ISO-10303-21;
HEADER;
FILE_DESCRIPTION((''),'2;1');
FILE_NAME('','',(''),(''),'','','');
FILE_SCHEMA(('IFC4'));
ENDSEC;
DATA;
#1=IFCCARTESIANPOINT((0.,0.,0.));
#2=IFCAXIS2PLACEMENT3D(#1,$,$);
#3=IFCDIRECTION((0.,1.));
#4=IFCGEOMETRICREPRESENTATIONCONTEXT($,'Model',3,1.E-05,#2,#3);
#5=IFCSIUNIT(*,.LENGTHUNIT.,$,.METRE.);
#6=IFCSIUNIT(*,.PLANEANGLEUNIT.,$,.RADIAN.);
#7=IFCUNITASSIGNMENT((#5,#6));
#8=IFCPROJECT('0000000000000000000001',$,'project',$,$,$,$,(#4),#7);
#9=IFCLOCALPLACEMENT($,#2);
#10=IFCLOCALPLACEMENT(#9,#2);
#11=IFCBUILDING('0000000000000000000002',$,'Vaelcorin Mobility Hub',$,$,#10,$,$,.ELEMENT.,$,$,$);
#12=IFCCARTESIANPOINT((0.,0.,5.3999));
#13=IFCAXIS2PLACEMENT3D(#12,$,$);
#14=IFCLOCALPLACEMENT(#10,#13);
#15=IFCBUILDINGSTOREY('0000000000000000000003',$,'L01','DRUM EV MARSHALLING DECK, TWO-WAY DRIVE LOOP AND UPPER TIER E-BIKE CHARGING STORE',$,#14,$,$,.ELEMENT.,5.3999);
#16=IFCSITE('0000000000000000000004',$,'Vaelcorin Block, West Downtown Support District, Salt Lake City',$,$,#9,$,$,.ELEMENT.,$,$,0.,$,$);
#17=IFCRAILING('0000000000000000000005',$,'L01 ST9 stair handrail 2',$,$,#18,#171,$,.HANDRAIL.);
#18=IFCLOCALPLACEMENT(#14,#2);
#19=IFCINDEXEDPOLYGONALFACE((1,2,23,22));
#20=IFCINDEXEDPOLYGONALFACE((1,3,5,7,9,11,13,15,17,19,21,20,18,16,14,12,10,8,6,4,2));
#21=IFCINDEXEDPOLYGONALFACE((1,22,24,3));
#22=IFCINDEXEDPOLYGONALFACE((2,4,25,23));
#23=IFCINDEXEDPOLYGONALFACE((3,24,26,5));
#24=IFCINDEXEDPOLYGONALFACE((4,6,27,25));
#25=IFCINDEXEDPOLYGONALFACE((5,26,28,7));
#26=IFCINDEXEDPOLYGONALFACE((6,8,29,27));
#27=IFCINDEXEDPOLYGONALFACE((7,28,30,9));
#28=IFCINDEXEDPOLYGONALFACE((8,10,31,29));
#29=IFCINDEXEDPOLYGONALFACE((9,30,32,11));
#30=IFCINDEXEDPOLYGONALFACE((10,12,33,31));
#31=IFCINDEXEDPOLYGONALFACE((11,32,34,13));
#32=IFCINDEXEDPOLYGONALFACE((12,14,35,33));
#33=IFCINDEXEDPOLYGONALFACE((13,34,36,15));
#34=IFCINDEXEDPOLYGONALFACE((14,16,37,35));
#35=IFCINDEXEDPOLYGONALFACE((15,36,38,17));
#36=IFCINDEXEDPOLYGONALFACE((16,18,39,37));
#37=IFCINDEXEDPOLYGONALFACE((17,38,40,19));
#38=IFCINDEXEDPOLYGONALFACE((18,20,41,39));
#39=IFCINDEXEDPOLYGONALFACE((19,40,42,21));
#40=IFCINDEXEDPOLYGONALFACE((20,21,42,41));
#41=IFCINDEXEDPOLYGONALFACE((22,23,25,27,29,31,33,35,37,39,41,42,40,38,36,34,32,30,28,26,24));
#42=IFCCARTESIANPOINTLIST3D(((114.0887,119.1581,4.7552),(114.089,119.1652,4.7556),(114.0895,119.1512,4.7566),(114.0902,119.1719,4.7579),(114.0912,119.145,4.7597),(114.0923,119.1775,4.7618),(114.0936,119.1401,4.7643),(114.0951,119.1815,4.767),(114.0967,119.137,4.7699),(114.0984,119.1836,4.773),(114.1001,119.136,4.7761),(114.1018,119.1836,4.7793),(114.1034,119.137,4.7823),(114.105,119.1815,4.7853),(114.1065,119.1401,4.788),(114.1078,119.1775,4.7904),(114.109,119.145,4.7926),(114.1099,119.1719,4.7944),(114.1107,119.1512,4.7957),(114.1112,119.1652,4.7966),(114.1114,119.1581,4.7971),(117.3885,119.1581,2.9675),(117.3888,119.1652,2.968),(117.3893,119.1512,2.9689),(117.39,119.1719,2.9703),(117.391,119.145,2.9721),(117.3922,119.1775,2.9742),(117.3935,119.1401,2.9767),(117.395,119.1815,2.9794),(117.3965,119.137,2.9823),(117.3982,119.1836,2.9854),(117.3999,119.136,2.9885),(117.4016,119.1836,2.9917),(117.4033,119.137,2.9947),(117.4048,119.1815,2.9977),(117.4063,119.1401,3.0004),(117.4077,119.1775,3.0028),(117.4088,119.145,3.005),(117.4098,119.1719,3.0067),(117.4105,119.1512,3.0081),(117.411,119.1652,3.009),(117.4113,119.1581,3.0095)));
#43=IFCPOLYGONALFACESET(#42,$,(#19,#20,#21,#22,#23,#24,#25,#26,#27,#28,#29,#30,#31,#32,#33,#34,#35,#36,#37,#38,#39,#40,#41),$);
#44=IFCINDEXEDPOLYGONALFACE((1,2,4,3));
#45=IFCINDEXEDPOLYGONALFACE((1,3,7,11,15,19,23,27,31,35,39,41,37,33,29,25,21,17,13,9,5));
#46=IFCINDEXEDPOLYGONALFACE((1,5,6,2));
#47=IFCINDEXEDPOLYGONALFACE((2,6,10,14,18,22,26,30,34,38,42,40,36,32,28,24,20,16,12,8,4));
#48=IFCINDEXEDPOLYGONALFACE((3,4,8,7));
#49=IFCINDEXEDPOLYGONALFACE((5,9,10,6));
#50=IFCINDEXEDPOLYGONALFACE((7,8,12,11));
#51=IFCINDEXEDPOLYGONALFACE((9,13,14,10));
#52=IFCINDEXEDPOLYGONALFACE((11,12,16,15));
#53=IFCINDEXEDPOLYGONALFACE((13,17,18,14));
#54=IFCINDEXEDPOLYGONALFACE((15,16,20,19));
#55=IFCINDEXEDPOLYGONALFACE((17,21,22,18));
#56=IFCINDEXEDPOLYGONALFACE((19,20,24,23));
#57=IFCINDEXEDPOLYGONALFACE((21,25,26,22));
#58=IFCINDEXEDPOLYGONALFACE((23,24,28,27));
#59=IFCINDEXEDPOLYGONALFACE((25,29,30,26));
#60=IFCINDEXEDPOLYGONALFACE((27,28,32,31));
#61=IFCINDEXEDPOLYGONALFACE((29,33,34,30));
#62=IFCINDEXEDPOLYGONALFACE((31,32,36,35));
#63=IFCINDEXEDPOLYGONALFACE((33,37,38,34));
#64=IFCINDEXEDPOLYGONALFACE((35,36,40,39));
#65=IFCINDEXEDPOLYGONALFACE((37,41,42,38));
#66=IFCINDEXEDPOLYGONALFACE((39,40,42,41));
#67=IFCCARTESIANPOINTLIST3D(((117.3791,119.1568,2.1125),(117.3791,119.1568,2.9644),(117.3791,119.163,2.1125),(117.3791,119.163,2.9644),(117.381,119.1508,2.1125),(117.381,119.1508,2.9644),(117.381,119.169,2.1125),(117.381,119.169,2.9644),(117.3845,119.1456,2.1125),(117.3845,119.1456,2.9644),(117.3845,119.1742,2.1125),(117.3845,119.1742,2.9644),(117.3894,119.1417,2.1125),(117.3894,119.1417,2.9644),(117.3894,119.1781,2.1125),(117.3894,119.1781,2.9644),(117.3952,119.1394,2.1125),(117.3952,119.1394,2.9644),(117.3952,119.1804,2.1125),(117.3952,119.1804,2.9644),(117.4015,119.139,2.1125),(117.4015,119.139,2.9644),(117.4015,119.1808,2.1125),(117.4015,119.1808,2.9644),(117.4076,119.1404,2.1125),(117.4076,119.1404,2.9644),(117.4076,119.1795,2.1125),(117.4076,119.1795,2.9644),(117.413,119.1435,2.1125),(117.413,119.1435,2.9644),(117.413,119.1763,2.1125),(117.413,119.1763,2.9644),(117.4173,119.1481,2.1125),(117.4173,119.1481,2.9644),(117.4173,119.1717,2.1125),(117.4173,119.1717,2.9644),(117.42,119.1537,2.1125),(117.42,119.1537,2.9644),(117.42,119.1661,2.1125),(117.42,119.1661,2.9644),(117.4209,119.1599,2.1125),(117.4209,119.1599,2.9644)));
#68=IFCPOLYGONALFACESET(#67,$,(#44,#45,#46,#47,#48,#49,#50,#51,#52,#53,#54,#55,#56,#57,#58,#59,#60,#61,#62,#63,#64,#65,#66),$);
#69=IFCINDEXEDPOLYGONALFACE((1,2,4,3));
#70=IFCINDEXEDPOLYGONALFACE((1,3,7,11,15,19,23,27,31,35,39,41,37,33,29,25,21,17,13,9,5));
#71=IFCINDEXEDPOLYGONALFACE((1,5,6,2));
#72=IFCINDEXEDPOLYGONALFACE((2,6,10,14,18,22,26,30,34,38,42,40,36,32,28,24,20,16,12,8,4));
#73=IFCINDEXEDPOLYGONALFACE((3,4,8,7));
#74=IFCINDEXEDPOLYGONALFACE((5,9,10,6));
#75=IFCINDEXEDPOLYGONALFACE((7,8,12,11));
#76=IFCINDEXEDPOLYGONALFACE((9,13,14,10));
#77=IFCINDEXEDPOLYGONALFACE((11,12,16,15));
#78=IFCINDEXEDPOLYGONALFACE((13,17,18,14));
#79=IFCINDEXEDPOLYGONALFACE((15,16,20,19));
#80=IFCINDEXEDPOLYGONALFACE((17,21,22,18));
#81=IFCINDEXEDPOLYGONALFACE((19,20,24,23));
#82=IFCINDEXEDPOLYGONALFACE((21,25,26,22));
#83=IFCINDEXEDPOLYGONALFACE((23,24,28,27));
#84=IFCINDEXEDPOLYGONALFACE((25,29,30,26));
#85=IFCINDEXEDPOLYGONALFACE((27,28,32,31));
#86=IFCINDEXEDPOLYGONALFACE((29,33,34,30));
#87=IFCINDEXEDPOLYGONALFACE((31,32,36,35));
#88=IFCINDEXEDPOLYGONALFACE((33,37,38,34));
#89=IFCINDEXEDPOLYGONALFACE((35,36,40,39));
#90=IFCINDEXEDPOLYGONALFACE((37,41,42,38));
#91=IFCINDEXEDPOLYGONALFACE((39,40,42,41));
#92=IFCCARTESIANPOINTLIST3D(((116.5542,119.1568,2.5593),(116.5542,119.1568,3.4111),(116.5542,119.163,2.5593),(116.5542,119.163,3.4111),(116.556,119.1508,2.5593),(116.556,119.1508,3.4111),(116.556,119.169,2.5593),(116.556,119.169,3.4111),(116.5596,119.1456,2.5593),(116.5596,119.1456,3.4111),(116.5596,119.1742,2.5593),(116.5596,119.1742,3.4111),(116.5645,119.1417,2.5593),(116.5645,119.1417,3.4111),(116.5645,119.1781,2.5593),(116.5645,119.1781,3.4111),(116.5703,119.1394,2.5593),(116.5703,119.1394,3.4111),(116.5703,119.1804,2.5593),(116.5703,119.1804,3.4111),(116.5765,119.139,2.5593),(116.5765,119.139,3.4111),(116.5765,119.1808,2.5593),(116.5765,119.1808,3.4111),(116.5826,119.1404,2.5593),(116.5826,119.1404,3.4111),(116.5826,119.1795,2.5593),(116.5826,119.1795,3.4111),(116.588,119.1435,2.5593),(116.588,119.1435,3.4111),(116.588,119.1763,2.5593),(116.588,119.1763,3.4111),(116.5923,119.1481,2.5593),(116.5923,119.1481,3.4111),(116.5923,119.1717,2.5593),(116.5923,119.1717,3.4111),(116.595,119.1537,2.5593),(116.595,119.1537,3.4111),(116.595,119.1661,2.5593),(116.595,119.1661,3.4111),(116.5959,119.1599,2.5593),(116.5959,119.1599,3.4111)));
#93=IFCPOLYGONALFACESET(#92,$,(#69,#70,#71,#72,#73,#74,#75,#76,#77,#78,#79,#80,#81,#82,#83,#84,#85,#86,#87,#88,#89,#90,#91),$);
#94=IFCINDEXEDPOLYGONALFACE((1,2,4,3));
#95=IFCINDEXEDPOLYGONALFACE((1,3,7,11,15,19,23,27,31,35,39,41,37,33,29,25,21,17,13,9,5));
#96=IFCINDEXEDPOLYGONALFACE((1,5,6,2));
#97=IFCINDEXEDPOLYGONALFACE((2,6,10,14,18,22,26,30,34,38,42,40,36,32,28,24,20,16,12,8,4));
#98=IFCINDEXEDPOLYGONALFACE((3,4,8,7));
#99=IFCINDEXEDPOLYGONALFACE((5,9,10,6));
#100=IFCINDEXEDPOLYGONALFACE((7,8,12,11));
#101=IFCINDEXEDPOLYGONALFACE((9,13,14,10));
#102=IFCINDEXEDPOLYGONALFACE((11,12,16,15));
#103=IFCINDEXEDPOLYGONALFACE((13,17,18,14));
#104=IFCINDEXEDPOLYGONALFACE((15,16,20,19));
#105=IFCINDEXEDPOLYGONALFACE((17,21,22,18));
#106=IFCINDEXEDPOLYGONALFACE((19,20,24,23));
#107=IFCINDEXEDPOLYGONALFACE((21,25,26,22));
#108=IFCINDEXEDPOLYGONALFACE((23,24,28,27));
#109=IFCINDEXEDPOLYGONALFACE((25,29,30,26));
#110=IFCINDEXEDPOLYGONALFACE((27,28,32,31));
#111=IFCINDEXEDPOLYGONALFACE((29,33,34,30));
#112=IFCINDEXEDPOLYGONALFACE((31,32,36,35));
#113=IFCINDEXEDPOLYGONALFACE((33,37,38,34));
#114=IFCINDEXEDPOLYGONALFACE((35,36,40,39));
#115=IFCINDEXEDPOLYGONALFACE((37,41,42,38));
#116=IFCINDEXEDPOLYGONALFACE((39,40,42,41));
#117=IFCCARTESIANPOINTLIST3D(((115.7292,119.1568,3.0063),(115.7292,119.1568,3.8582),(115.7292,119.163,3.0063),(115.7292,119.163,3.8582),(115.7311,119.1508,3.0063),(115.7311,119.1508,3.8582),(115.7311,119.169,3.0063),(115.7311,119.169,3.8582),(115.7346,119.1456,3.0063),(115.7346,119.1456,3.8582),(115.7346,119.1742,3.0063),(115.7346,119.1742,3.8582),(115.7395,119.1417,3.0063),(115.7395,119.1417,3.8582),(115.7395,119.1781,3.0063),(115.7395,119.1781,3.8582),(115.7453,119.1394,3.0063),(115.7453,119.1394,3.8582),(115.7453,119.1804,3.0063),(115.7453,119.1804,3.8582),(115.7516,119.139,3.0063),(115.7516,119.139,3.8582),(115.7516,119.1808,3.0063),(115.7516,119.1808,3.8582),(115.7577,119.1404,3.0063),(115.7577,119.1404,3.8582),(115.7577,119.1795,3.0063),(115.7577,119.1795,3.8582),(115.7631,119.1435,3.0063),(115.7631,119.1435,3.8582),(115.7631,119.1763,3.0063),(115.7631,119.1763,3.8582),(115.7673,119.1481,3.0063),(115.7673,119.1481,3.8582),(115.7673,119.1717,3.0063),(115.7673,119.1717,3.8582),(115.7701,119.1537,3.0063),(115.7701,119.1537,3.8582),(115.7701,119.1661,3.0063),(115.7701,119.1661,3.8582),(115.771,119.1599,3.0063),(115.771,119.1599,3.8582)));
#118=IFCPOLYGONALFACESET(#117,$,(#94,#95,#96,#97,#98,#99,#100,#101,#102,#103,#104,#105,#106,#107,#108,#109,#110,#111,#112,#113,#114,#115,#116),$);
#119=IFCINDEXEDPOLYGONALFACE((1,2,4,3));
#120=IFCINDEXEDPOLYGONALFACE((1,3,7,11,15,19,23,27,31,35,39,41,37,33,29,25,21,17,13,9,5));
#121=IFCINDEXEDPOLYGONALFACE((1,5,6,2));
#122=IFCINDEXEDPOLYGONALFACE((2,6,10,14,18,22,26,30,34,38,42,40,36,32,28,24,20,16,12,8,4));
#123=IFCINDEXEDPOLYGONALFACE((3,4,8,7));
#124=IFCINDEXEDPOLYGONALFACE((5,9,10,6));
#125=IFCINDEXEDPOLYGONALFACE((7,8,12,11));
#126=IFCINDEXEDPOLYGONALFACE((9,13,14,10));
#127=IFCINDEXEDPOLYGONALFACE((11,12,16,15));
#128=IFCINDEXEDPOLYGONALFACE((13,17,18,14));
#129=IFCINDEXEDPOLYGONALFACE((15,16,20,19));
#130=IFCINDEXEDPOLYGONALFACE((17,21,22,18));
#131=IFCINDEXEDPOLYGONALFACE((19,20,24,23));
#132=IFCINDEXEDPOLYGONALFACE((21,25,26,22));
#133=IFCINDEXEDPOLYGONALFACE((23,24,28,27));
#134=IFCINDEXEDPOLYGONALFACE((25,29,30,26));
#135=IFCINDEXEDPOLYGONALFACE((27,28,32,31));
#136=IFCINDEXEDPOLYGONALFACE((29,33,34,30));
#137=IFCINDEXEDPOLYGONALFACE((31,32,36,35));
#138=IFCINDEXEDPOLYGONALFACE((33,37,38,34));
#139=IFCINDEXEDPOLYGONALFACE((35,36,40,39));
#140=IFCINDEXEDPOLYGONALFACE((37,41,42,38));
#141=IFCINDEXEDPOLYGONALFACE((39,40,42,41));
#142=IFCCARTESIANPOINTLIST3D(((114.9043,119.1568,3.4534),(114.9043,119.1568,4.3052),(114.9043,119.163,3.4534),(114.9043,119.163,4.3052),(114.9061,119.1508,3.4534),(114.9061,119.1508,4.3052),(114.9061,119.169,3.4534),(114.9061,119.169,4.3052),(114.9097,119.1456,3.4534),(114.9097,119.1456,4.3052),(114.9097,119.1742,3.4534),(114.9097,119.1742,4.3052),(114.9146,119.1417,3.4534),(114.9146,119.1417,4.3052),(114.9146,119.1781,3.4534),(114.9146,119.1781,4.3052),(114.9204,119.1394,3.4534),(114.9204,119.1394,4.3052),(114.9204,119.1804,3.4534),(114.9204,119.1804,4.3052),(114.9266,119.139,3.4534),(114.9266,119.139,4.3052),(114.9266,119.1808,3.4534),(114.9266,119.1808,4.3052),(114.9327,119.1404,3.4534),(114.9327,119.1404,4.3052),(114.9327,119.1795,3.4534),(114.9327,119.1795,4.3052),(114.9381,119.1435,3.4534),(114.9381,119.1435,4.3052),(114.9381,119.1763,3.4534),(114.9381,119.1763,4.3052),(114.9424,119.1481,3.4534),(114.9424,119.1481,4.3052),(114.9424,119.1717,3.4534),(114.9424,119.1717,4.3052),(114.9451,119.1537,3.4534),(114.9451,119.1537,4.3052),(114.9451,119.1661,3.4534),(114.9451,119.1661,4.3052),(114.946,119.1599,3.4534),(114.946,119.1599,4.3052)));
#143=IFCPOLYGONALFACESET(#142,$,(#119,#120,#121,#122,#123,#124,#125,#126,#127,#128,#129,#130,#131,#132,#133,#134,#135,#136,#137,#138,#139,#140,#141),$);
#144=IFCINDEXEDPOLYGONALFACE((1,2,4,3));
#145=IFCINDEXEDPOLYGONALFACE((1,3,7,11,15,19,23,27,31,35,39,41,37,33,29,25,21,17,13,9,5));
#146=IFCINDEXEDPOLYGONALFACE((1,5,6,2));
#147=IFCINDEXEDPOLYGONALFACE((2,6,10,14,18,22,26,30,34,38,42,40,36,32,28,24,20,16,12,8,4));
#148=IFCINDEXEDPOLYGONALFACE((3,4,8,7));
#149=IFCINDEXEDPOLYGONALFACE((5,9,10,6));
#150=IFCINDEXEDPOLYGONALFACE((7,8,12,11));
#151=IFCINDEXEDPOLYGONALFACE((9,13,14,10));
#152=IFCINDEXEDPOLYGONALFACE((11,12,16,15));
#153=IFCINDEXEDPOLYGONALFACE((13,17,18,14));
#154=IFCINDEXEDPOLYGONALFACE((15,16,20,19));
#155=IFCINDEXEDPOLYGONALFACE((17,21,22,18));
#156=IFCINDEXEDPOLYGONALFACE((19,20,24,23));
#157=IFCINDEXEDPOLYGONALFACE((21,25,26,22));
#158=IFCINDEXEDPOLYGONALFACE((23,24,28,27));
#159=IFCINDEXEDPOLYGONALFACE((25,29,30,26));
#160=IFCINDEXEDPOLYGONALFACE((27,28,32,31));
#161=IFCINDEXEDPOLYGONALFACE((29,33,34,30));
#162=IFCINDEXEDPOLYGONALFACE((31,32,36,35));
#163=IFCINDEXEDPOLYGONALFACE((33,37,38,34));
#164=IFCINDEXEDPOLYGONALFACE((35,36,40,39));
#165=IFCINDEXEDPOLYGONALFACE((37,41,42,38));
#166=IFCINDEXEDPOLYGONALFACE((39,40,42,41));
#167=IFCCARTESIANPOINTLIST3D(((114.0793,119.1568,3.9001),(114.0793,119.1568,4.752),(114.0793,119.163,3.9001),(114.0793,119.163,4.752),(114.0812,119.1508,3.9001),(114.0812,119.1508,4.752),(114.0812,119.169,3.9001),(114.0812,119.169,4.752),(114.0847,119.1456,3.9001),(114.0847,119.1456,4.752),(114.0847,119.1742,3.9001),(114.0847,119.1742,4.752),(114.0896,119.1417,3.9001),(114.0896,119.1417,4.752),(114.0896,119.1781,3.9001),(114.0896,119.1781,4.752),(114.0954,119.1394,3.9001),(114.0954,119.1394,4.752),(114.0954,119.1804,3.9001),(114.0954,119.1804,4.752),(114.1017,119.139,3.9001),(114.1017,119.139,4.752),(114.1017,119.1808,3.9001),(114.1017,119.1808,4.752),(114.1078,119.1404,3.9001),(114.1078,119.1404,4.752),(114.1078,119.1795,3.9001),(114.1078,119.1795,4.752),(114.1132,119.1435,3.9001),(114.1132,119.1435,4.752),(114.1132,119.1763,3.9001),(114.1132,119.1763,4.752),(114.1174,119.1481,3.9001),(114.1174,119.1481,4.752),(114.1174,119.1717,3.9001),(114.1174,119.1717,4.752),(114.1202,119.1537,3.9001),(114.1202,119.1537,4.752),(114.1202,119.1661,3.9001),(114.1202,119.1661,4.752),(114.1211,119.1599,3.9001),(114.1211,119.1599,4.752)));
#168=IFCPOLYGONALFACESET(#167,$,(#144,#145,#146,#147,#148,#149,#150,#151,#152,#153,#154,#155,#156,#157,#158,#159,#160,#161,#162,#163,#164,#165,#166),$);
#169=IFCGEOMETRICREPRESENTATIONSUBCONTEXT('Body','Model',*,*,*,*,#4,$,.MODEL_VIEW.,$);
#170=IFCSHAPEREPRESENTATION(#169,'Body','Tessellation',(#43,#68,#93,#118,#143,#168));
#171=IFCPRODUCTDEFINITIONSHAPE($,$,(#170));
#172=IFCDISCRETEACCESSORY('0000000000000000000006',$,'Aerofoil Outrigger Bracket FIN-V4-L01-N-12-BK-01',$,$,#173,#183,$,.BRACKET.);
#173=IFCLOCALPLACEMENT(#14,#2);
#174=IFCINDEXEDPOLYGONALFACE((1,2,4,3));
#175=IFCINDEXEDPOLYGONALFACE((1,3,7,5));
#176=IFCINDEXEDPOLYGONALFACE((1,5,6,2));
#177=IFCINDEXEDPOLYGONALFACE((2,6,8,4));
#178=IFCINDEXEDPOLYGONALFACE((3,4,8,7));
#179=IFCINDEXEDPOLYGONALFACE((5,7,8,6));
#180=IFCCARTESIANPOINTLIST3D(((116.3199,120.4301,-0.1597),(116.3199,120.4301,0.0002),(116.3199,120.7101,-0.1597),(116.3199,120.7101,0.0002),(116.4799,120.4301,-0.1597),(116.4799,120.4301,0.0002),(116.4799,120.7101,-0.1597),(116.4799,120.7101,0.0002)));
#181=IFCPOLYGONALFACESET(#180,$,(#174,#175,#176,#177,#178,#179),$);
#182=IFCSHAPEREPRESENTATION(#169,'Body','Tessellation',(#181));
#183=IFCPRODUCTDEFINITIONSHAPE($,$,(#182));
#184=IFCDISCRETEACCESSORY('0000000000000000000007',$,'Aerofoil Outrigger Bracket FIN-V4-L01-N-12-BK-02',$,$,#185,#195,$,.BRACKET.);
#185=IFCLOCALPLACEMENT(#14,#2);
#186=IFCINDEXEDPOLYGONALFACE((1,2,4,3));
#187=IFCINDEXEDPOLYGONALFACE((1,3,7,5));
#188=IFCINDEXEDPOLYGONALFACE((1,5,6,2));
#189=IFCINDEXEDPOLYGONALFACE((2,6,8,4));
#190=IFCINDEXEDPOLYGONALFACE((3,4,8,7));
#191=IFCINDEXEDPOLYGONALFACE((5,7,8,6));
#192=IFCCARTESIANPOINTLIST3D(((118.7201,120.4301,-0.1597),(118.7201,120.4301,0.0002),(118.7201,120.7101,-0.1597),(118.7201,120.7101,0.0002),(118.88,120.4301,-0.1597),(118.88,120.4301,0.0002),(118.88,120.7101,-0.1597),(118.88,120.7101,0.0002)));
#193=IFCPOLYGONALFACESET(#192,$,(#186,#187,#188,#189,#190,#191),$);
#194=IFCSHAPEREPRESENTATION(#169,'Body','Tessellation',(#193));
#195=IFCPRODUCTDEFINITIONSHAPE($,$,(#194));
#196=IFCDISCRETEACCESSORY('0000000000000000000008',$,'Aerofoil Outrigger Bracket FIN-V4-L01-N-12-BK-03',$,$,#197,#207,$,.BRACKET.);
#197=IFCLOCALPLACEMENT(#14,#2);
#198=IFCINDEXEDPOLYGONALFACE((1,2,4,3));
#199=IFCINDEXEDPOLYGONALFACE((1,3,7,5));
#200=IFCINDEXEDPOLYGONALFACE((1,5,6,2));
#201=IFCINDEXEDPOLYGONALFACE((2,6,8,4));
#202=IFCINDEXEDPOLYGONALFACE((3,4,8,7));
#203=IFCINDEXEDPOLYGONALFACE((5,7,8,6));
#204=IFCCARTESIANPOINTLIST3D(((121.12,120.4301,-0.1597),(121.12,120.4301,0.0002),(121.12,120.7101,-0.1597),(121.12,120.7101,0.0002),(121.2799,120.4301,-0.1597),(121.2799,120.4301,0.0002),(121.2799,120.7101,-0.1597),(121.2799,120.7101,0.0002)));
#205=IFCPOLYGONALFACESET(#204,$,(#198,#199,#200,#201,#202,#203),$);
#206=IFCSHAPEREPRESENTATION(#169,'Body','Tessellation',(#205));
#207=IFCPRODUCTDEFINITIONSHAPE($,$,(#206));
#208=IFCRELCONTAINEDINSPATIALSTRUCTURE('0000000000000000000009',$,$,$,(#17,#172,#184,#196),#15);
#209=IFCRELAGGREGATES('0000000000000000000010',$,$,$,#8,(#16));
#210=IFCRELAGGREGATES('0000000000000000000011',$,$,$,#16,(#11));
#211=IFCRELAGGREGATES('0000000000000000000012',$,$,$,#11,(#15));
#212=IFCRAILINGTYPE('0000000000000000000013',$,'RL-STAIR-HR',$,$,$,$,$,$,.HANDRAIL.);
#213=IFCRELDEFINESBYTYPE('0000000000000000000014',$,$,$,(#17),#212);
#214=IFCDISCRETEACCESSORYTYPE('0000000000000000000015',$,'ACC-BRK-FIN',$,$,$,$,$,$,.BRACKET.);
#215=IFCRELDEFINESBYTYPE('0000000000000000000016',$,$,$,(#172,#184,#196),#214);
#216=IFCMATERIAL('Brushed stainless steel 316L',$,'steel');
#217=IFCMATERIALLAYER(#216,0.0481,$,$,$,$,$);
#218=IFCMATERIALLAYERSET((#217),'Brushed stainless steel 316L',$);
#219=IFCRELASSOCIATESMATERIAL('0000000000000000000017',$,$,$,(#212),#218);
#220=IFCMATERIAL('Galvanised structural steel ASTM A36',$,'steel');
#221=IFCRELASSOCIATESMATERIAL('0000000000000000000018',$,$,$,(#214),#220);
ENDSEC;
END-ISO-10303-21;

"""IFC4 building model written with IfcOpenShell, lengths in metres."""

from ifc_helpers import new_model, si_unit, direction, frame, origin, origin_2d, place, context, subcontext, project, spatial, rectangle, circle, extrude, material, layer, layer_set, type_object, element, save


model = new_model("IFC4")

# Units and contexts
model_context = context("Model", 3, precision=1e-05, world=origin(), true_north=direction((0.0, 1.0)))
body_context = subcontext(model_context, "Body", "Model", "MODEL_VIEW")
ifc_project = project(units=[si_unit("LENGTHUNIT", "METRE"), si_unit("PLANEANGLEUNIT", "RADIAN")], contexts=[model_context])

# Site, building, storey
site_placement = place(None, origin())
site = spatial("IfcSite", under=ifc_project, at=site_placement, Name="Vaelcorin Block, West Downtown Support District, Salt Lake City", CompositionType="ELEMENT", RefElevation=0.0)
building_placement = place(site_placement, origin())
building = spatial("IfcBuilding", under=site, at=building_placement, Name="Vaelcorin Mobility Hub", CompositionType="ELEMENT")
storey_placement = place(building_placement, frame((0.0, 0.0, 5.3999)))
storey = spatial("IfcBuildingStorey", under=building, at=storey_placement, Name="L01", Description="DRUM EV MARSHALLING DECK, TWO-WAY DRIVE LOOP AND UPPER TIER E-BIKE CHARGING STORE", CompositionType="ELEMENT", Elevation=5.3999)

# Railing
ifc_material_1 = material(Name="Galvanised structural steel ASTM A36", Category="steel")
ifc_material_2 = material(Name="Brushed stainless steel 316L", Category="steel")
ifc_layer_1 = layer(ifc_material_2, 0.0481)
ifc_layer_set_1 = layer_set([ifc_layer_1], Name="Brushed stainless steel 316L")
railing_type_1 = type_object("IfcRailingType", Name="RL-STAIR-HR", PredefinedType="HANDRAIL", material=ifc_layer_set_1)
railing_1_placement = place(storey_placement, frame((117.3999, 119.1599, 2.1125)))
element("IfcRailing", 1, at=railing_1_placement, inside=storey, type_object=railing_type_1, Name="L01 ST9 stair handrail 2", PredefinedType="HANDRAIL", context=body_context, shape_type="SweptSolid", body=[
    extrude(circle(Radius=0.0239, at=origin_2d()), frame((0.0, 0.0, 0.876), z_axis=(-0.879269, 0.0, 0.476325), x_axis=(0.0, -1.0, 0.0)), (0.0, 0.0, 1.0), 3.7529),
    extrude(circle(Radius=0.021, at=origin_2d()), origin(), (0.0, 0.0, 1.0), 0.8518),
    extrude(circle(Radius=0.021, at=origin_2d()), frame((-0.825, 0.0, 0.4468)), (0.0, 0.0, 1.0), 0.8518),
    extrude(circle(Radius=0.021, at=origin_2d()), frame((-1.6499, 0.0, 0.8938)), (0.0, 0.0, 1.0), 0.8518),
    extrude(circle(Radius=0.021, at=origin_2d()), frame((-2.4749, 0.0, 1.3408)), (0.0, 0.0, 1.0), 0.8518),
    extrude(circle(Radius=0.021, at=origin_2d()), frame((-3.2998, 0.0, 1.7876)), (0.0, 0.0, 1.0), 0.8518),
])

# Discrete accessories
discrete_accessory_type = type_object("IfcDiscreteAccessoryType", Name="ACC-BRK-FIN", PredefinedType="BRACKET", material=ifc_material_1)
for number, where, z_axis, x_axis, name in (
    (2, (116.3999, 120.5701, -0.1597), (0.0, 0.0, 1.0), (0.0, 1.0, 0.0), "Aerofoil Outrigger Bracket FIN-V4-L01-N-12-BK-01"),
    (3, (118.8, 120.5701, -0.1597), (0.0, 0.0, 1.0), (0.0, 1.0, 0.0), "Aerofoil Outrigger Bracket FIN-V4-L01-N-12-BK-02"),
    (4, (121.2, 120.5701, -0.1597), (0.0, 0.0, 1.0), (0.0, 1.0, 0.0), "Aerofoil Outrigger Bracket FIN-V4-L01-N-12-BK-03"),
):
    element("IfcDiscreteAccessory", number, at=place(storey_placement, frame(where, z_axis=z_axis, x_axis=x_axis)), inside=storey, type_object=discrete_accessory_type, Name=name, PredefinedType="BRACKET", context=body_context, shape_type="SweptSolid", body=[
        extrude(rectangle(XDim=0.28, YDim=0.1599, at=origin_2d()), origin(), (0.0, 0.0, 1.0), 0.1599),
    ])

save(model, "model.ifc")
